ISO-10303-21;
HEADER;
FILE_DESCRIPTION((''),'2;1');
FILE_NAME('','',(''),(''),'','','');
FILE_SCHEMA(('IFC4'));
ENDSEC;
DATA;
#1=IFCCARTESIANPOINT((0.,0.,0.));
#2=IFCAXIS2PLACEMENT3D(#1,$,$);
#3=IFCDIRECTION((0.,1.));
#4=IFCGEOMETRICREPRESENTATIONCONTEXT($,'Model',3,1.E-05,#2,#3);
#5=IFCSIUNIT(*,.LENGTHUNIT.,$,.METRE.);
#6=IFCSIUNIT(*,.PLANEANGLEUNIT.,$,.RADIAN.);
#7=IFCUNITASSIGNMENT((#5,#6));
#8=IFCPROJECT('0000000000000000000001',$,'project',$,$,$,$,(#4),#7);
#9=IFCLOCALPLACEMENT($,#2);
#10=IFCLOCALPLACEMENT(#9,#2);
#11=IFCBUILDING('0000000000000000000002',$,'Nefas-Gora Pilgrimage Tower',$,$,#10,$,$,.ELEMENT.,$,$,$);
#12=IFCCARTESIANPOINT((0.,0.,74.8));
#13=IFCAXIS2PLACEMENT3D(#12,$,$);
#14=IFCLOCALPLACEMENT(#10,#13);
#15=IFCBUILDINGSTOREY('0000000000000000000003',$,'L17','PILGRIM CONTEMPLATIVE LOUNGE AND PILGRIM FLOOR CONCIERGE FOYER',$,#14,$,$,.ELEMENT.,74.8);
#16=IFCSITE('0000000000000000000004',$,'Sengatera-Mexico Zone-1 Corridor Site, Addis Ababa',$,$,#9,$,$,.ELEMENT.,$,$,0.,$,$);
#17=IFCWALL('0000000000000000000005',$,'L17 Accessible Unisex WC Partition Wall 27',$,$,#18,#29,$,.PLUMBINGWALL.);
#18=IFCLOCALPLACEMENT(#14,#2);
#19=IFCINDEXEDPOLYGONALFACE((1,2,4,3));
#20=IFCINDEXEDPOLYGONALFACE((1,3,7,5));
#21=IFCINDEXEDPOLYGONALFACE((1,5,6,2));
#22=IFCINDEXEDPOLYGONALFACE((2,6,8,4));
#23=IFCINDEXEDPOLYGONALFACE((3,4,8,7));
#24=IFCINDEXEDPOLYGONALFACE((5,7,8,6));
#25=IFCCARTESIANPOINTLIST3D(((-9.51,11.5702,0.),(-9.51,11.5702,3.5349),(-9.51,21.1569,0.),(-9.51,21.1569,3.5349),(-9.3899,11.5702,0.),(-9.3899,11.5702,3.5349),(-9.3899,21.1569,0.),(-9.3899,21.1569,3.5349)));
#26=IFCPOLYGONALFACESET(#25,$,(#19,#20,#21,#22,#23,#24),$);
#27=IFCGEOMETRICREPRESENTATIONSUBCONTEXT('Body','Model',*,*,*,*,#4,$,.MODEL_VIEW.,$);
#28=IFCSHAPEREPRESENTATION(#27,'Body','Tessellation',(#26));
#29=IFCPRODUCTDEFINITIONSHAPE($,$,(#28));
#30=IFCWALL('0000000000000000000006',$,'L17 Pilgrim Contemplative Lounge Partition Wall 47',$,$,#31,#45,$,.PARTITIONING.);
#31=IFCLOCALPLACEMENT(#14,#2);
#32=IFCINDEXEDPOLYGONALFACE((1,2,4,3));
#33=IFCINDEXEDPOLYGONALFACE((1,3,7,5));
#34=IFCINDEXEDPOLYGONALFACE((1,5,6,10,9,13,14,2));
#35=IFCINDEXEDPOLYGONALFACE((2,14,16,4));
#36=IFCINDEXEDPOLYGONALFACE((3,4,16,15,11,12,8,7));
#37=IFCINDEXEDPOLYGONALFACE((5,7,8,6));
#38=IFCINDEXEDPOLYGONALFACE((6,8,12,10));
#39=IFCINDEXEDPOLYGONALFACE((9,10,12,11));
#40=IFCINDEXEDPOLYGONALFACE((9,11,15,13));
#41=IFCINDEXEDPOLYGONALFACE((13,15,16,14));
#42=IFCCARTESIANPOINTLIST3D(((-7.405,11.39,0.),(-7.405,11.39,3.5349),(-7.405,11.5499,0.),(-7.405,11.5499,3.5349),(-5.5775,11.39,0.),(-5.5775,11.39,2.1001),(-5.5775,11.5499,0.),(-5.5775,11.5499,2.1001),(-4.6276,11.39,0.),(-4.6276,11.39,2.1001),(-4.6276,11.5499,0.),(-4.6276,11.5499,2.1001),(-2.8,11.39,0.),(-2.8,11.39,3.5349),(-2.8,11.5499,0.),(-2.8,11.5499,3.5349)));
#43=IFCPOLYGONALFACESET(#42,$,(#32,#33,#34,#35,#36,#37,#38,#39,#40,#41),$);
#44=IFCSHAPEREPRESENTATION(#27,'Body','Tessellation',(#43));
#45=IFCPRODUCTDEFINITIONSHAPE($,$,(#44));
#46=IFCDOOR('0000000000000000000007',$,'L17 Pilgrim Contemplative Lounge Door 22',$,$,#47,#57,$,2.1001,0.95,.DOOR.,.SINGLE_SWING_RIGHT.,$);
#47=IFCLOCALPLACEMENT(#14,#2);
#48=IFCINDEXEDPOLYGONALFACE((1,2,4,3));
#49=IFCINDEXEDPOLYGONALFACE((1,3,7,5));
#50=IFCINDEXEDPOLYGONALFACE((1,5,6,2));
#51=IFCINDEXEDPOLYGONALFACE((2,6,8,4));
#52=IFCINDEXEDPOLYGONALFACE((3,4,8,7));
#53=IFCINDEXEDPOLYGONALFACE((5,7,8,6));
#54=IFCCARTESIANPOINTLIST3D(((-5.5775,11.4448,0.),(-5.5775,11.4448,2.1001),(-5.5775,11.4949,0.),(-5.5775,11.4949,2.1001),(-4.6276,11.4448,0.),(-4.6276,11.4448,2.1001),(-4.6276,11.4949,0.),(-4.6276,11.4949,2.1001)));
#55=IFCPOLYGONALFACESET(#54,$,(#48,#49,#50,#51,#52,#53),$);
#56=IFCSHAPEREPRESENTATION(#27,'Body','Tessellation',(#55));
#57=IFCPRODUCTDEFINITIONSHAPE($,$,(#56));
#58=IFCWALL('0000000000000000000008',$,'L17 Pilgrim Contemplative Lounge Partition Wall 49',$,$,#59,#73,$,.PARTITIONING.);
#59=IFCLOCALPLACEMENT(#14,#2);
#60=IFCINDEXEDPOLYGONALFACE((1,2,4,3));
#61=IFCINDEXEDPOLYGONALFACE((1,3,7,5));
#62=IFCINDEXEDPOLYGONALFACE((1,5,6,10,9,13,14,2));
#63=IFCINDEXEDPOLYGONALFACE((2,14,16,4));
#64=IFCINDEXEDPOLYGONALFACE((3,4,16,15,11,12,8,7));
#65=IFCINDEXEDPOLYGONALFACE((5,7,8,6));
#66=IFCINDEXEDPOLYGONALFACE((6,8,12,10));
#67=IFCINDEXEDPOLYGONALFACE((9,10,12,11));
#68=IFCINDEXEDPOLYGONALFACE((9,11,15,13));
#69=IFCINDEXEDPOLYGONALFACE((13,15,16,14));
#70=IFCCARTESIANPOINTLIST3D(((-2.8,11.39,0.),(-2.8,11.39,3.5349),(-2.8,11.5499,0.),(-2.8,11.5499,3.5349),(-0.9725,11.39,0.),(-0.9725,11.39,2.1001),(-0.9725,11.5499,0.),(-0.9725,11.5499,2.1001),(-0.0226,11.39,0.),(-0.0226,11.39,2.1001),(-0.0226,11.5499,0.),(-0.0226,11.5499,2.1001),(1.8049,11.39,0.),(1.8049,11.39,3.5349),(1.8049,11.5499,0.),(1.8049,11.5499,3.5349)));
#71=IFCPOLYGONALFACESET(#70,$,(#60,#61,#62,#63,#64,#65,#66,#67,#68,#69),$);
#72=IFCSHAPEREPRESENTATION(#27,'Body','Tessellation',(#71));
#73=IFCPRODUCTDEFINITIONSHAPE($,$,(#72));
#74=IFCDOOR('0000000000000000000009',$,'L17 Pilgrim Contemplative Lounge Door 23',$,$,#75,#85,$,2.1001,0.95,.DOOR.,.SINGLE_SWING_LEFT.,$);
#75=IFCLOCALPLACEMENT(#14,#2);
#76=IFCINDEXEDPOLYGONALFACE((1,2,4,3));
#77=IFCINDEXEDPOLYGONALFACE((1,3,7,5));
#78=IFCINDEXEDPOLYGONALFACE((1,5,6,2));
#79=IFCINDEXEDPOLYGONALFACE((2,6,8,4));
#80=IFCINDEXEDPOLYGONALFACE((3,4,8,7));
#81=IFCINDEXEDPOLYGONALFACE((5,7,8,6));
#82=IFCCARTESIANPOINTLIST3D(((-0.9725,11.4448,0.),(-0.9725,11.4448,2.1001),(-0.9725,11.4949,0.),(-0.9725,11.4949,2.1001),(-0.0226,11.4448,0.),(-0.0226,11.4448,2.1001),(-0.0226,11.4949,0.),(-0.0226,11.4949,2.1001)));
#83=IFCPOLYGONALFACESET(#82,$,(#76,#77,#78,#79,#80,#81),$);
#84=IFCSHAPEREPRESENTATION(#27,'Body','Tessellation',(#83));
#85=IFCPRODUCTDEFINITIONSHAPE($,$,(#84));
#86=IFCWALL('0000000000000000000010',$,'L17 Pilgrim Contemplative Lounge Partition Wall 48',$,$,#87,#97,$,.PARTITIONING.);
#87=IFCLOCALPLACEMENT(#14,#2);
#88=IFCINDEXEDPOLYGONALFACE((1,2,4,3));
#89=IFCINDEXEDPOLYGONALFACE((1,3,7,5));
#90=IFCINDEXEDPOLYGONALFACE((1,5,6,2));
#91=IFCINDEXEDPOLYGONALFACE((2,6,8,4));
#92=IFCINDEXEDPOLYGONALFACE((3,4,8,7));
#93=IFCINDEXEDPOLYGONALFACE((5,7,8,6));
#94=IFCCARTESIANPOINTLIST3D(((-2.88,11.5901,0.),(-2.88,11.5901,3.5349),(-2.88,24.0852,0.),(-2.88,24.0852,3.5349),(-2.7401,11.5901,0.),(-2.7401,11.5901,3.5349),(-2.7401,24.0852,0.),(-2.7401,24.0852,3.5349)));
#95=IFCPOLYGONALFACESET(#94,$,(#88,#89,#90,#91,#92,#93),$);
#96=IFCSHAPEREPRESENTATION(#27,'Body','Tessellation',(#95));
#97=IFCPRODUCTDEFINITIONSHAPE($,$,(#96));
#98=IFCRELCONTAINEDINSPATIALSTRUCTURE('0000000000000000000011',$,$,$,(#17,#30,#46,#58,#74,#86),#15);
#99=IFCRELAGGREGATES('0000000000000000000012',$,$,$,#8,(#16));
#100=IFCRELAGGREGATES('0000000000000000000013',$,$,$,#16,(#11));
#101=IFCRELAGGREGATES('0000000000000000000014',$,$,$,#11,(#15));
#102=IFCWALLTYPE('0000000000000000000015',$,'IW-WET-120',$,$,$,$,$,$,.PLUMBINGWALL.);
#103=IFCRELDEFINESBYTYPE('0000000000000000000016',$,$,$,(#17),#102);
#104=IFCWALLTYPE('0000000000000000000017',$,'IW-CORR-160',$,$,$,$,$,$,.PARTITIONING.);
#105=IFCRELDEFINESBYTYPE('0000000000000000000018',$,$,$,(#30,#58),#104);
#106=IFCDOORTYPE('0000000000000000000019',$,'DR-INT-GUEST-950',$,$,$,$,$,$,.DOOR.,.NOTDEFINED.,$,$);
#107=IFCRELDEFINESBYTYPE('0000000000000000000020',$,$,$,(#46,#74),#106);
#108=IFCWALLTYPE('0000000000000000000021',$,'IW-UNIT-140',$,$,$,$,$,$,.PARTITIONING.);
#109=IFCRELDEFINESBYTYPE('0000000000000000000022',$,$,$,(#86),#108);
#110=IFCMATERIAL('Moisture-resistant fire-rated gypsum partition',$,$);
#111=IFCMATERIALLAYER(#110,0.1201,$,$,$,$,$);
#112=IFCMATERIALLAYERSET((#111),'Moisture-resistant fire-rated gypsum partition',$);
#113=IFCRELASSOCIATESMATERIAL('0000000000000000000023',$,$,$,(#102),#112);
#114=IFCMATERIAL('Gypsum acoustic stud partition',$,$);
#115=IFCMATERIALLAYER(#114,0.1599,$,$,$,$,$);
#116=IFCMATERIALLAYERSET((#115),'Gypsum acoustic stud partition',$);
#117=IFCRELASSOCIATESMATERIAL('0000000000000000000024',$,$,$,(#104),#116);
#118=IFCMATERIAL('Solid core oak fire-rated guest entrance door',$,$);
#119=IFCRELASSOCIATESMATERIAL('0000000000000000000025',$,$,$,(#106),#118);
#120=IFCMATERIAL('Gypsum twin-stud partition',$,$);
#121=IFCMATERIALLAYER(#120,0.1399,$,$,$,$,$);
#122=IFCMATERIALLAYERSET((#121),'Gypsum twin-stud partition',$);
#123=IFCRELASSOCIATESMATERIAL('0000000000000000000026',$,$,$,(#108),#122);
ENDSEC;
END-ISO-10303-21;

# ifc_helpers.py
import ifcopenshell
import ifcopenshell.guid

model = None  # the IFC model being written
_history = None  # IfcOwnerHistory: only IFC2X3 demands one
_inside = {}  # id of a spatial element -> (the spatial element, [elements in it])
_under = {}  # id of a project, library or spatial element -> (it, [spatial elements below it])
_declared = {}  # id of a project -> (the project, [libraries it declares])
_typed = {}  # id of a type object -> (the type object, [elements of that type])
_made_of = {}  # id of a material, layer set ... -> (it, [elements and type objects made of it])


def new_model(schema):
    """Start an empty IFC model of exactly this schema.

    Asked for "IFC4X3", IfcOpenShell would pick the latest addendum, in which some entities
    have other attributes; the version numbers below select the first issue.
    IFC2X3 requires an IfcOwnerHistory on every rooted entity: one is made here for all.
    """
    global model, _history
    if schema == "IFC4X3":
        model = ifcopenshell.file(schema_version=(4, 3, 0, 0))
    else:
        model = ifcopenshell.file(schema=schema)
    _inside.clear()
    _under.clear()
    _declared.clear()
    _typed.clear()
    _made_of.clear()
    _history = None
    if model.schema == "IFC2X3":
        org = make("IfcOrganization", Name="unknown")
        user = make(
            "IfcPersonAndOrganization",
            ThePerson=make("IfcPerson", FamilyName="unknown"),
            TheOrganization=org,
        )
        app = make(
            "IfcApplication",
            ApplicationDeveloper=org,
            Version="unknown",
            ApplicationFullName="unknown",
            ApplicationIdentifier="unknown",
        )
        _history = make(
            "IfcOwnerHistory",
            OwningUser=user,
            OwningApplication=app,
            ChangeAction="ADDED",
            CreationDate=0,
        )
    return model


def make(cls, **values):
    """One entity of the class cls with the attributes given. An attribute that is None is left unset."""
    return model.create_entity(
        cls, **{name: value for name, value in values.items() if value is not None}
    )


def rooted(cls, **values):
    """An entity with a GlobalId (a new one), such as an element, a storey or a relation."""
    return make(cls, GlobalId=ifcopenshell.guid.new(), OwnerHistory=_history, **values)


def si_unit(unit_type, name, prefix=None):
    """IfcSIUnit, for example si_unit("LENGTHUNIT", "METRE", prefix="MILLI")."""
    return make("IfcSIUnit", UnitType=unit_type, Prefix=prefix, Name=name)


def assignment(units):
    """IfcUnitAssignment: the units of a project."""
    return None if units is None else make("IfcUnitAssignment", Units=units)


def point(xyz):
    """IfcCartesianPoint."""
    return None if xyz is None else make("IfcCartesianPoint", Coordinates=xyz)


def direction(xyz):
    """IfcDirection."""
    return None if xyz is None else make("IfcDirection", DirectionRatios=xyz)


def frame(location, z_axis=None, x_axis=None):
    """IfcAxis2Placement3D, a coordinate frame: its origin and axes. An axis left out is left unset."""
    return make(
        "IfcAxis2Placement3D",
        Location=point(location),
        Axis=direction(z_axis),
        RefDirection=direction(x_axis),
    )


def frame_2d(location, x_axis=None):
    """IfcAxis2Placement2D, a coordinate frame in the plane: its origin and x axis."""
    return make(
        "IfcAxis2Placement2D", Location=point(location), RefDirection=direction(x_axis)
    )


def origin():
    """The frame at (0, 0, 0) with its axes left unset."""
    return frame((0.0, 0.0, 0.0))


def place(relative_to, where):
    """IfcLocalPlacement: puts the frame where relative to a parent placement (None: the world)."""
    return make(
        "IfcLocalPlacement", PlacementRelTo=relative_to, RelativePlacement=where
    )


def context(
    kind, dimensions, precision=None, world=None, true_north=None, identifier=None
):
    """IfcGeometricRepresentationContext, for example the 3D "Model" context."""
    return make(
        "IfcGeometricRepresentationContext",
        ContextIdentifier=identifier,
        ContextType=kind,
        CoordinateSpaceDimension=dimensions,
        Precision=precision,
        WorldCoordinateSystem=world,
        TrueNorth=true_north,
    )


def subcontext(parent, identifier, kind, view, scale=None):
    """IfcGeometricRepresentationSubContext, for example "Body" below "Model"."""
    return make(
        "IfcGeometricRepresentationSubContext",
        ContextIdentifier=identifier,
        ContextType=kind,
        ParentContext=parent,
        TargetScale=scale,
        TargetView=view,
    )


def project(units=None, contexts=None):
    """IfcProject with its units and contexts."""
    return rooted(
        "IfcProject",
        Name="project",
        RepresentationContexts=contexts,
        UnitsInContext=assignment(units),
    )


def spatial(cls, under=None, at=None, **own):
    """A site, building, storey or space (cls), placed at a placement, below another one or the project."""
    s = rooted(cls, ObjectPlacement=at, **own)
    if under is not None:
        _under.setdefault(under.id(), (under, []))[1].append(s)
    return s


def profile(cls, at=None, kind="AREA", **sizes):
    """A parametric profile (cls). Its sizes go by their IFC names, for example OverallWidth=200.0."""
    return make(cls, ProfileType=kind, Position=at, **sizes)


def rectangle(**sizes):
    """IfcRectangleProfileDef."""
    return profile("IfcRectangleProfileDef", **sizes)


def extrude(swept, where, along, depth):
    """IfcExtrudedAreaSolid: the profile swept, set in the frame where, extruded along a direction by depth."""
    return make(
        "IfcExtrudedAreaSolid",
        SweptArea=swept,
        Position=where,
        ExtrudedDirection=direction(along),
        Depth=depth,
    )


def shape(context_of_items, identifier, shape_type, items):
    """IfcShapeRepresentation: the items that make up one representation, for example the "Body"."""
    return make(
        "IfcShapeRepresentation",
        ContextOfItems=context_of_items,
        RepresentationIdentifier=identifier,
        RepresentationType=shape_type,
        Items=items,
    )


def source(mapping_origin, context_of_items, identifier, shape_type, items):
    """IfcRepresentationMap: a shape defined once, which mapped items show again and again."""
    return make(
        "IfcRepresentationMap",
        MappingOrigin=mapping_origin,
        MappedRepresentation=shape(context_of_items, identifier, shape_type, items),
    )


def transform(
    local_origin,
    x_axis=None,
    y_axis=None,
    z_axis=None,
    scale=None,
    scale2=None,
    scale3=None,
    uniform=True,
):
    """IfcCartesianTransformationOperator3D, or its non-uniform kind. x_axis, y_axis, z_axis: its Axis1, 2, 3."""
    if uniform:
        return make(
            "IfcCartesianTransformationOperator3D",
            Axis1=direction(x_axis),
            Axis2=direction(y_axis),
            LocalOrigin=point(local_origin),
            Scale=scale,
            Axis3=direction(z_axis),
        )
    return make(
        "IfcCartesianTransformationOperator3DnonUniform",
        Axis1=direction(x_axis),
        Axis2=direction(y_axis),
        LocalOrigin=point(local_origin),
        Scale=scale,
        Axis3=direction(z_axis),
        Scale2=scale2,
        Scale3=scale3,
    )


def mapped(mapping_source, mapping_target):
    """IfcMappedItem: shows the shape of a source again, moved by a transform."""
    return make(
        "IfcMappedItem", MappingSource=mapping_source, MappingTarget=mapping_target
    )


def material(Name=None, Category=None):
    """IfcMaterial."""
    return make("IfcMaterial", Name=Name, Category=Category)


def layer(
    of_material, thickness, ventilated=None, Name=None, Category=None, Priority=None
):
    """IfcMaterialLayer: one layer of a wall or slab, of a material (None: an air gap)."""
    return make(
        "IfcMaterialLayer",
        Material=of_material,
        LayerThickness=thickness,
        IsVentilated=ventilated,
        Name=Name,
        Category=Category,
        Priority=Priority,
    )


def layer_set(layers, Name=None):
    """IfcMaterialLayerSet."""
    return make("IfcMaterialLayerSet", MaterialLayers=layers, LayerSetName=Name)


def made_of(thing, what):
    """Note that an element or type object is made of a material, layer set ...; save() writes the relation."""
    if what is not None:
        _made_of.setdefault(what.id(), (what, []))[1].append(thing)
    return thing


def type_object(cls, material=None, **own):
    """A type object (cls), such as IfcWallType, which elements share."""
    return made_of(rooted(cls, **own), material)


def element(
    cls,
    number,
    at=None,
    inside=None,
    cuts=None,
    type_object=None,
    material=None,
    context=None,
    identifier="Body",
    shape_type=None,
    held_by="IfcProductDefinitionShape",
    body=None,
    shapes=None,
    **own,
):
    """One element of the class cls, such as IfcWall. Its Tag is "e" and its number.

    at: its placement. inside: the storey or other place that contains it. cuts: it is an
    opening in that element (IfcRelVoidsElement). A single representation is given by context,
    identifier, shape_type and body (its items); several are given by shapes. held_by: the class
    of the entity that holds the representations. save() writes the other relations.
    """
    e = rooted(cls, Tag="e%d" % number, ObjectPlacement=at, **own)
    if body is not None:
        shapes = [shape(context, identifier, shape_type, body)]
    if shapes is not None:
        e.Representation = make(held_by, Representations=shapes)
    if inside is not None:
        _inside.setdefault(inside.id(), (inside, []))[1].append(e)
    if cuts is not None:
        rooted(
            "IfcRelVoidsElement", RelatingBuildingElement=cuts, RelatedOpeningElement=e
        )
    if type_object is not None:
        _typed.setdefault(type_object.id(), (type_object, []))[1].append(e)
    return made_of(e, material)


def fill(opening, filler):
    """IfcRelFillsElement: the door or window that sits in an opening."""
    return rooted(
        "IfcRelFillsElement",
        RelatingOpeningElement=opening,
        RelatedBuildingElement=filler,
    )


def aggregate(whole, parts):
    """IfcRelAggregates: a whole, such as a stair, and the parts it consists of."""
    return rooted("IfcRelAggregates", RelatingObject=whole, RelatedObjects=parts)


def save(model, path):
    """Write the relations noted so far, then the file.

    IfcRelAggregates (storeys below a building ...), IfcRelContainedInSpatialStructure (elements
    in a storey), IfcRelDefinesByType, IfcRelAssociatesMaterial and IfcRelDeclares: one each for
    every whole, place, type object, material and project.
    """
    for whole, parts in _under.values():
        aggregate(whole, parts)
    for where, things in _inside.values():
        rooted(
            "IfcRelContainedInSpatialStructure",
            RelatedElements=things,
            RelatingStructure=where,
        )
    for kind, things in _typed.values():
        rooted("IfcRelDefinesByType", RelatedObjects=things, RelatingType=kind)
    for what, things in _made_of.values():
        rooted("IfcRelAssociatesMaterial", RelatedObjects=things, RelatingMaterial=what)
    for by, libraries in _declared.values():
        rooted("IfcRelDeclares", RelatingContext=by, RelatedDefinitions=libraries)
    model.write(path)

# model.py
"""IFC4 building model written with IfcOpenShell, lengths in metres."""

from ifc_helpers import new_model, si_unit, direction, frame, frame_2d, origin, place, context, subcontext, project, spatial, rectangle, extrude, source, transform, mapped, material, layer, layer_set, type_object, element, fill, save


model = new_model("IFC4")

# Units and contexts
model_context = context("Model", 3, precision=1e-05, world=origin(), true_north=direction((0.0, 1.0)))
body_context = subcontext(model_context, "Body", "Model", "MODEL_VIEW")
ifc_project = project(units=[si_unit("LENGTHUNIT", "METRE"), si_unit("PLANEANGLEUNIT", "RADIAN")], contexts=[model_context])

# Site, building, storey
site_placement = place(None, origin())
site = spatial("IfcSite", under=ifc_project, at=site_placement, Name="Sengatera-Mexico Zone-1 Corridor Site, Addis Ababa", CompositionType="ELEMENT", RefElevation=0.0)
building_placement = place(site_placement, origin())
building = spatial("IfcBuilding", under=site, at=building_placement, Name="Nefas-Gora Pilgrimage Tower", CompositionType="ELEMENT")
storey_placement = place(building_placement, frame((0.0, 0.0, 74.8)))
storey = spatial("IfcBuildingStorey", under=building, at=storey_placement, Name="L17", Description="PILGRIM CONTEMPLATIVE LOUNGE AND PILGRIM FLOOR CONCIERGE FOYER", CompositionType="ELEMENT", Elevation=74.8)

# Wall
ifc_material_1 = material(Name="Moisture-resistant fire-rated gypsum partition")
ifc_layer_1 = layer(ifc_material_1, 0.1201)
ifc_layer_set_1 = layer_set([ifc_layer_1], Name="Moisture-resistant fire-rated gypsum partition")
wall_type_1 = type_object("IfcWallType", Name="IW-WET-120", PredefinedType="PLUMBINGWALL", material=ifc_layer_set_1)
shared_shape_1 = source(origin(), body_context, "Body", "SweptSolid", [
    extrude(rectangle(XDim=9.5867, YDim=0.1201, at=frame_2d((4.7935, 0.0))), origin(), (0.0, 0.0, 1.0), 3.5349),
])
wall_1_placement = place(storey_placement, frame((-9.45, 11.5701, 0.0), z_axis=(0.0, 0.0, 1.0), x_axis=(0.0, 1.0, 0.0)))
element("IfcWall", 1, at=wall_1_placement, inside=storey, type_object=wall_type_1, Name="L17 Accessible Unisex WC Partition Wall 27", PredefinedType="PLUMBINGWALL", context=body_context, shape_type="MappedRepresentation", body=[
    mapped(shared_shape_1, transform((0.0, 0.0, 0.0), x_axis=(1.0, 0.0, 0.0), y_axis=(0.0, 1.0, 0.0), z_axis=(0.0, 0.0, 1.0), scale=1.0)),
])

# Walls, openings, doors
ifc_material_2 = material(Name="Gypsum acoustic stud partition")
ifc_layer_2 = layer(ifc_material_2, 0.1599)
ifc_layer_set_2 = layer_set([ifc_layer_2], Name="Gypsum acoustic stud partition")
wall_type_2 = type_object("IfcWallType", Name="IW-CORR-160", PredefinedType="PARTITIONING", material=ifc_layer_set_2)
shared_shape_2 = source(origin(), body_context, "Body", "SweptSolid", [
    extrude(rectangle(XDim=4.605, YDim=0.1599, at=frame_2d((2.3025, 0.0))), origin(), (0.0, 0.0, 1.0), 3.5349),
])
wall_2_placement = place(storey_placement, frame((-7.405, 11.47, 0.0), z_axis=(0.0, 0.0, 1.0), x_axis=(1.0, 0.0, 0.0)))
wall_2 = element("IfcWall", 2, at=wall_2_placement, inside=storey, type_object=wall_type_2, Name="L17 Pilgrim Contemplative Lounge Partition Wall 47", PredefinedType="PARTITIONING", context=body_context, shape_type="MappedRepresentation", body=[
    mapped(shared_shape_2, transform((0.0, 0.0, 0.0), x_axis=(1.0, 0.0, 0.0), y_axis=(0.0, 1.0, 0.0), z_axis=(0.0, 0.0, 1.0), scale=1.0)),
])
opening_1_placement = place(wall_2_placement, frame((1.8274, 0.0, 0.0)))
opening_1 = element("IfcOpeningElement", 3, at=opening_1_placement, cuts=wall_2, PredefinedType="OPENING", context=body_context, shape_type="SweptSolid", body=[
    extrude(rectangle(XDim=0.95, YDim=2.1001, at=frame_2d((0.4751, 1.05))), frame((0.0, 0.0898, 0.0), z_axis=(0.0, -1.0, 0.0), x_axis=(1.0, 0.0, 0.0)), (0.0, 0.0, 1.0), 0.1799),
])
ifc_material_3 = material(Name="Solid core oak fire-rated guest entrance door")
door_type = type_object("IfcDoorType", Name="DR-INT-GUEST-950", OperationType="NOTDEFINED", PredefinedType="DOOR", material=ifc_material_3)
shared_shape_3 = source(origin(), body_context, "Body", "SweptSolid", [
    extrude(rectangle(XDim=0.95, YDim=2.1001, at=frame_2d((0.4751, 1.05))), frame((0.0, 0.0249, 0.0), z_axis=(0.0, -1.0, 0.0), x_axis=(1.0, 0.0, 0.0)), (0.0, 0.0, 1.0), 0.05),
])
door_1_placement = place(opening_1_placement, origin())
door_1 = element("IfcDoor", 4, at=door_1_placement, inside=storey, type_object=door_type, Name="L17 Pilgrim Contemplative Lounge Door 22", OperationType="SINGLE_SWING_RIGHT", OverallHeight=2.1001, OverallWidth=0.95, PredefinedType="DOOR", context=body_context, shape_type="MappedRepresentation", body=[
    mapped(shared_shape_3, transform((0.0, 0.0, 0.0), x_axis=(1.0, 0.0, 0.0), y_axis=(0.0, 1.0, 0.0), z_axis=(0.0, 0.0, 1.0), scale=1.0)),
])
fill(opening_1, door_1)
wall_3_placement = place(storey_placement, frame((-2.8, 11.47, 0.0), z_axis=(0.0, 0.0, 1.0), x_axis=(1.0, 0.0, 0.0)))
wall_3 = element("IfcWall", 5, at=wall_3_placement, inside=storey, type_object=wall_type_2, Name="L17 Pilgrim Contemplative Lounge Partition Wall 49", PredefinedType="PARTITIONING", context=body_context, shape_type="MappedRepresentation", body=[
    mapped(shared_shape_2, transform((0.0, 0.0, 0.0), x_axis=(1.0, 0.0, 0.0), y_axis=(0.0, 1.0, 0.0), z_axis=(0.0, 0.0, 1.0), scale=1.0)),
])
opening_2_placement = place(wall_3_placement, frame((1.8274, 0.0, 0.0)))
opening_2 = element("IfcOpeningElement", 6, at=opening_2_placement, cuts=wall_3, PredefinedType="OPENING", context=body_context, shape_type="SweptSolid", body=[
    extrude(rectangle(XDim=0.95, YDim=2.1001, at=frame_2d((0.4751, 1.05))), frame((0.0, 0.0898, 0.0), z_axis=(0.0, -1.0, 0.0), x_axis=(1.0, 0.0, 0.0)), (0.0, 0.0, 1.0), 0.1799),
])
door_2_placement = place(opening_2_placement, origin())
door_2 = element("IfcDoor", 7, at=door_2_placement, inside=storey, type_object=door_type, Name="L17 Pilgrim Contemplative Lounge Door 23", OperationType="SINGLE_SWING_LEFT", OverallHeight=2.1001, OverallWidth=0.95, PredefinedType="DOOR", context=body_context, shape_type="MappedRepresentation", body=[
    mapped(shared_shape_3, transform((0.0, 0.0, 0.0), x_axis=(1.0, 0.0, 0.0), y_axis=(0.0, 1.0, 0.0), z_axis=(0.0, 0.0, 1.0), scale=1.0)),
])
fill(opening_2, door_2)

# Wall
ifc_material_4 = material(Name="Gypsum twin-stud partition")
ifc_layer_3 = layer(ifc_material_4, 0.1399)
ifc_layer_set_3 = layer_set([ifc_layer_3], Name="Gypsum twin-stud partition")
wall_type_3 = type_object("IfcWallType", Name="IW-UNIT-140", PredefinedType="PARTITIONING", material=ifc_layer_set_3)
shared_shape_4 = source(origin(), body_context, "Body", "SweptSolid", [
    extrude(rectangle(XDim=12.4951, YDim=0.1399, at=frame_2d((6.2476, 0.0))), origin(), (0.0, 0.0, 1.0), 3.5349),
])
wall_4_placement = place(storey_placement, frame((-2.8101, 11.5901, 0.0), z_axis=(0.0, 0.0, 1.0), x_axis=(0.0, 1.0, 0.0)))
element("IfcWall", 8, at=wall_4_placement, inside=storey, type_object=wall_type_3, Name="L17 Pilgrim Contemplative Lounge Partition Wall 48", PredefinedType="PARTITIONING", context=body_context, shape_type="MappedRepresentation", body=[
    mapped(shared_shape_4, transform((0.0, 0.0, 0.0), x_axis=(1.0, 0.0, 0.0), y_axis=(0.0, 1.0, 0.0), z_axis=(0.0, 0.0, 1.0), scale=1.0)),
])

save(model, "model.ifc")
